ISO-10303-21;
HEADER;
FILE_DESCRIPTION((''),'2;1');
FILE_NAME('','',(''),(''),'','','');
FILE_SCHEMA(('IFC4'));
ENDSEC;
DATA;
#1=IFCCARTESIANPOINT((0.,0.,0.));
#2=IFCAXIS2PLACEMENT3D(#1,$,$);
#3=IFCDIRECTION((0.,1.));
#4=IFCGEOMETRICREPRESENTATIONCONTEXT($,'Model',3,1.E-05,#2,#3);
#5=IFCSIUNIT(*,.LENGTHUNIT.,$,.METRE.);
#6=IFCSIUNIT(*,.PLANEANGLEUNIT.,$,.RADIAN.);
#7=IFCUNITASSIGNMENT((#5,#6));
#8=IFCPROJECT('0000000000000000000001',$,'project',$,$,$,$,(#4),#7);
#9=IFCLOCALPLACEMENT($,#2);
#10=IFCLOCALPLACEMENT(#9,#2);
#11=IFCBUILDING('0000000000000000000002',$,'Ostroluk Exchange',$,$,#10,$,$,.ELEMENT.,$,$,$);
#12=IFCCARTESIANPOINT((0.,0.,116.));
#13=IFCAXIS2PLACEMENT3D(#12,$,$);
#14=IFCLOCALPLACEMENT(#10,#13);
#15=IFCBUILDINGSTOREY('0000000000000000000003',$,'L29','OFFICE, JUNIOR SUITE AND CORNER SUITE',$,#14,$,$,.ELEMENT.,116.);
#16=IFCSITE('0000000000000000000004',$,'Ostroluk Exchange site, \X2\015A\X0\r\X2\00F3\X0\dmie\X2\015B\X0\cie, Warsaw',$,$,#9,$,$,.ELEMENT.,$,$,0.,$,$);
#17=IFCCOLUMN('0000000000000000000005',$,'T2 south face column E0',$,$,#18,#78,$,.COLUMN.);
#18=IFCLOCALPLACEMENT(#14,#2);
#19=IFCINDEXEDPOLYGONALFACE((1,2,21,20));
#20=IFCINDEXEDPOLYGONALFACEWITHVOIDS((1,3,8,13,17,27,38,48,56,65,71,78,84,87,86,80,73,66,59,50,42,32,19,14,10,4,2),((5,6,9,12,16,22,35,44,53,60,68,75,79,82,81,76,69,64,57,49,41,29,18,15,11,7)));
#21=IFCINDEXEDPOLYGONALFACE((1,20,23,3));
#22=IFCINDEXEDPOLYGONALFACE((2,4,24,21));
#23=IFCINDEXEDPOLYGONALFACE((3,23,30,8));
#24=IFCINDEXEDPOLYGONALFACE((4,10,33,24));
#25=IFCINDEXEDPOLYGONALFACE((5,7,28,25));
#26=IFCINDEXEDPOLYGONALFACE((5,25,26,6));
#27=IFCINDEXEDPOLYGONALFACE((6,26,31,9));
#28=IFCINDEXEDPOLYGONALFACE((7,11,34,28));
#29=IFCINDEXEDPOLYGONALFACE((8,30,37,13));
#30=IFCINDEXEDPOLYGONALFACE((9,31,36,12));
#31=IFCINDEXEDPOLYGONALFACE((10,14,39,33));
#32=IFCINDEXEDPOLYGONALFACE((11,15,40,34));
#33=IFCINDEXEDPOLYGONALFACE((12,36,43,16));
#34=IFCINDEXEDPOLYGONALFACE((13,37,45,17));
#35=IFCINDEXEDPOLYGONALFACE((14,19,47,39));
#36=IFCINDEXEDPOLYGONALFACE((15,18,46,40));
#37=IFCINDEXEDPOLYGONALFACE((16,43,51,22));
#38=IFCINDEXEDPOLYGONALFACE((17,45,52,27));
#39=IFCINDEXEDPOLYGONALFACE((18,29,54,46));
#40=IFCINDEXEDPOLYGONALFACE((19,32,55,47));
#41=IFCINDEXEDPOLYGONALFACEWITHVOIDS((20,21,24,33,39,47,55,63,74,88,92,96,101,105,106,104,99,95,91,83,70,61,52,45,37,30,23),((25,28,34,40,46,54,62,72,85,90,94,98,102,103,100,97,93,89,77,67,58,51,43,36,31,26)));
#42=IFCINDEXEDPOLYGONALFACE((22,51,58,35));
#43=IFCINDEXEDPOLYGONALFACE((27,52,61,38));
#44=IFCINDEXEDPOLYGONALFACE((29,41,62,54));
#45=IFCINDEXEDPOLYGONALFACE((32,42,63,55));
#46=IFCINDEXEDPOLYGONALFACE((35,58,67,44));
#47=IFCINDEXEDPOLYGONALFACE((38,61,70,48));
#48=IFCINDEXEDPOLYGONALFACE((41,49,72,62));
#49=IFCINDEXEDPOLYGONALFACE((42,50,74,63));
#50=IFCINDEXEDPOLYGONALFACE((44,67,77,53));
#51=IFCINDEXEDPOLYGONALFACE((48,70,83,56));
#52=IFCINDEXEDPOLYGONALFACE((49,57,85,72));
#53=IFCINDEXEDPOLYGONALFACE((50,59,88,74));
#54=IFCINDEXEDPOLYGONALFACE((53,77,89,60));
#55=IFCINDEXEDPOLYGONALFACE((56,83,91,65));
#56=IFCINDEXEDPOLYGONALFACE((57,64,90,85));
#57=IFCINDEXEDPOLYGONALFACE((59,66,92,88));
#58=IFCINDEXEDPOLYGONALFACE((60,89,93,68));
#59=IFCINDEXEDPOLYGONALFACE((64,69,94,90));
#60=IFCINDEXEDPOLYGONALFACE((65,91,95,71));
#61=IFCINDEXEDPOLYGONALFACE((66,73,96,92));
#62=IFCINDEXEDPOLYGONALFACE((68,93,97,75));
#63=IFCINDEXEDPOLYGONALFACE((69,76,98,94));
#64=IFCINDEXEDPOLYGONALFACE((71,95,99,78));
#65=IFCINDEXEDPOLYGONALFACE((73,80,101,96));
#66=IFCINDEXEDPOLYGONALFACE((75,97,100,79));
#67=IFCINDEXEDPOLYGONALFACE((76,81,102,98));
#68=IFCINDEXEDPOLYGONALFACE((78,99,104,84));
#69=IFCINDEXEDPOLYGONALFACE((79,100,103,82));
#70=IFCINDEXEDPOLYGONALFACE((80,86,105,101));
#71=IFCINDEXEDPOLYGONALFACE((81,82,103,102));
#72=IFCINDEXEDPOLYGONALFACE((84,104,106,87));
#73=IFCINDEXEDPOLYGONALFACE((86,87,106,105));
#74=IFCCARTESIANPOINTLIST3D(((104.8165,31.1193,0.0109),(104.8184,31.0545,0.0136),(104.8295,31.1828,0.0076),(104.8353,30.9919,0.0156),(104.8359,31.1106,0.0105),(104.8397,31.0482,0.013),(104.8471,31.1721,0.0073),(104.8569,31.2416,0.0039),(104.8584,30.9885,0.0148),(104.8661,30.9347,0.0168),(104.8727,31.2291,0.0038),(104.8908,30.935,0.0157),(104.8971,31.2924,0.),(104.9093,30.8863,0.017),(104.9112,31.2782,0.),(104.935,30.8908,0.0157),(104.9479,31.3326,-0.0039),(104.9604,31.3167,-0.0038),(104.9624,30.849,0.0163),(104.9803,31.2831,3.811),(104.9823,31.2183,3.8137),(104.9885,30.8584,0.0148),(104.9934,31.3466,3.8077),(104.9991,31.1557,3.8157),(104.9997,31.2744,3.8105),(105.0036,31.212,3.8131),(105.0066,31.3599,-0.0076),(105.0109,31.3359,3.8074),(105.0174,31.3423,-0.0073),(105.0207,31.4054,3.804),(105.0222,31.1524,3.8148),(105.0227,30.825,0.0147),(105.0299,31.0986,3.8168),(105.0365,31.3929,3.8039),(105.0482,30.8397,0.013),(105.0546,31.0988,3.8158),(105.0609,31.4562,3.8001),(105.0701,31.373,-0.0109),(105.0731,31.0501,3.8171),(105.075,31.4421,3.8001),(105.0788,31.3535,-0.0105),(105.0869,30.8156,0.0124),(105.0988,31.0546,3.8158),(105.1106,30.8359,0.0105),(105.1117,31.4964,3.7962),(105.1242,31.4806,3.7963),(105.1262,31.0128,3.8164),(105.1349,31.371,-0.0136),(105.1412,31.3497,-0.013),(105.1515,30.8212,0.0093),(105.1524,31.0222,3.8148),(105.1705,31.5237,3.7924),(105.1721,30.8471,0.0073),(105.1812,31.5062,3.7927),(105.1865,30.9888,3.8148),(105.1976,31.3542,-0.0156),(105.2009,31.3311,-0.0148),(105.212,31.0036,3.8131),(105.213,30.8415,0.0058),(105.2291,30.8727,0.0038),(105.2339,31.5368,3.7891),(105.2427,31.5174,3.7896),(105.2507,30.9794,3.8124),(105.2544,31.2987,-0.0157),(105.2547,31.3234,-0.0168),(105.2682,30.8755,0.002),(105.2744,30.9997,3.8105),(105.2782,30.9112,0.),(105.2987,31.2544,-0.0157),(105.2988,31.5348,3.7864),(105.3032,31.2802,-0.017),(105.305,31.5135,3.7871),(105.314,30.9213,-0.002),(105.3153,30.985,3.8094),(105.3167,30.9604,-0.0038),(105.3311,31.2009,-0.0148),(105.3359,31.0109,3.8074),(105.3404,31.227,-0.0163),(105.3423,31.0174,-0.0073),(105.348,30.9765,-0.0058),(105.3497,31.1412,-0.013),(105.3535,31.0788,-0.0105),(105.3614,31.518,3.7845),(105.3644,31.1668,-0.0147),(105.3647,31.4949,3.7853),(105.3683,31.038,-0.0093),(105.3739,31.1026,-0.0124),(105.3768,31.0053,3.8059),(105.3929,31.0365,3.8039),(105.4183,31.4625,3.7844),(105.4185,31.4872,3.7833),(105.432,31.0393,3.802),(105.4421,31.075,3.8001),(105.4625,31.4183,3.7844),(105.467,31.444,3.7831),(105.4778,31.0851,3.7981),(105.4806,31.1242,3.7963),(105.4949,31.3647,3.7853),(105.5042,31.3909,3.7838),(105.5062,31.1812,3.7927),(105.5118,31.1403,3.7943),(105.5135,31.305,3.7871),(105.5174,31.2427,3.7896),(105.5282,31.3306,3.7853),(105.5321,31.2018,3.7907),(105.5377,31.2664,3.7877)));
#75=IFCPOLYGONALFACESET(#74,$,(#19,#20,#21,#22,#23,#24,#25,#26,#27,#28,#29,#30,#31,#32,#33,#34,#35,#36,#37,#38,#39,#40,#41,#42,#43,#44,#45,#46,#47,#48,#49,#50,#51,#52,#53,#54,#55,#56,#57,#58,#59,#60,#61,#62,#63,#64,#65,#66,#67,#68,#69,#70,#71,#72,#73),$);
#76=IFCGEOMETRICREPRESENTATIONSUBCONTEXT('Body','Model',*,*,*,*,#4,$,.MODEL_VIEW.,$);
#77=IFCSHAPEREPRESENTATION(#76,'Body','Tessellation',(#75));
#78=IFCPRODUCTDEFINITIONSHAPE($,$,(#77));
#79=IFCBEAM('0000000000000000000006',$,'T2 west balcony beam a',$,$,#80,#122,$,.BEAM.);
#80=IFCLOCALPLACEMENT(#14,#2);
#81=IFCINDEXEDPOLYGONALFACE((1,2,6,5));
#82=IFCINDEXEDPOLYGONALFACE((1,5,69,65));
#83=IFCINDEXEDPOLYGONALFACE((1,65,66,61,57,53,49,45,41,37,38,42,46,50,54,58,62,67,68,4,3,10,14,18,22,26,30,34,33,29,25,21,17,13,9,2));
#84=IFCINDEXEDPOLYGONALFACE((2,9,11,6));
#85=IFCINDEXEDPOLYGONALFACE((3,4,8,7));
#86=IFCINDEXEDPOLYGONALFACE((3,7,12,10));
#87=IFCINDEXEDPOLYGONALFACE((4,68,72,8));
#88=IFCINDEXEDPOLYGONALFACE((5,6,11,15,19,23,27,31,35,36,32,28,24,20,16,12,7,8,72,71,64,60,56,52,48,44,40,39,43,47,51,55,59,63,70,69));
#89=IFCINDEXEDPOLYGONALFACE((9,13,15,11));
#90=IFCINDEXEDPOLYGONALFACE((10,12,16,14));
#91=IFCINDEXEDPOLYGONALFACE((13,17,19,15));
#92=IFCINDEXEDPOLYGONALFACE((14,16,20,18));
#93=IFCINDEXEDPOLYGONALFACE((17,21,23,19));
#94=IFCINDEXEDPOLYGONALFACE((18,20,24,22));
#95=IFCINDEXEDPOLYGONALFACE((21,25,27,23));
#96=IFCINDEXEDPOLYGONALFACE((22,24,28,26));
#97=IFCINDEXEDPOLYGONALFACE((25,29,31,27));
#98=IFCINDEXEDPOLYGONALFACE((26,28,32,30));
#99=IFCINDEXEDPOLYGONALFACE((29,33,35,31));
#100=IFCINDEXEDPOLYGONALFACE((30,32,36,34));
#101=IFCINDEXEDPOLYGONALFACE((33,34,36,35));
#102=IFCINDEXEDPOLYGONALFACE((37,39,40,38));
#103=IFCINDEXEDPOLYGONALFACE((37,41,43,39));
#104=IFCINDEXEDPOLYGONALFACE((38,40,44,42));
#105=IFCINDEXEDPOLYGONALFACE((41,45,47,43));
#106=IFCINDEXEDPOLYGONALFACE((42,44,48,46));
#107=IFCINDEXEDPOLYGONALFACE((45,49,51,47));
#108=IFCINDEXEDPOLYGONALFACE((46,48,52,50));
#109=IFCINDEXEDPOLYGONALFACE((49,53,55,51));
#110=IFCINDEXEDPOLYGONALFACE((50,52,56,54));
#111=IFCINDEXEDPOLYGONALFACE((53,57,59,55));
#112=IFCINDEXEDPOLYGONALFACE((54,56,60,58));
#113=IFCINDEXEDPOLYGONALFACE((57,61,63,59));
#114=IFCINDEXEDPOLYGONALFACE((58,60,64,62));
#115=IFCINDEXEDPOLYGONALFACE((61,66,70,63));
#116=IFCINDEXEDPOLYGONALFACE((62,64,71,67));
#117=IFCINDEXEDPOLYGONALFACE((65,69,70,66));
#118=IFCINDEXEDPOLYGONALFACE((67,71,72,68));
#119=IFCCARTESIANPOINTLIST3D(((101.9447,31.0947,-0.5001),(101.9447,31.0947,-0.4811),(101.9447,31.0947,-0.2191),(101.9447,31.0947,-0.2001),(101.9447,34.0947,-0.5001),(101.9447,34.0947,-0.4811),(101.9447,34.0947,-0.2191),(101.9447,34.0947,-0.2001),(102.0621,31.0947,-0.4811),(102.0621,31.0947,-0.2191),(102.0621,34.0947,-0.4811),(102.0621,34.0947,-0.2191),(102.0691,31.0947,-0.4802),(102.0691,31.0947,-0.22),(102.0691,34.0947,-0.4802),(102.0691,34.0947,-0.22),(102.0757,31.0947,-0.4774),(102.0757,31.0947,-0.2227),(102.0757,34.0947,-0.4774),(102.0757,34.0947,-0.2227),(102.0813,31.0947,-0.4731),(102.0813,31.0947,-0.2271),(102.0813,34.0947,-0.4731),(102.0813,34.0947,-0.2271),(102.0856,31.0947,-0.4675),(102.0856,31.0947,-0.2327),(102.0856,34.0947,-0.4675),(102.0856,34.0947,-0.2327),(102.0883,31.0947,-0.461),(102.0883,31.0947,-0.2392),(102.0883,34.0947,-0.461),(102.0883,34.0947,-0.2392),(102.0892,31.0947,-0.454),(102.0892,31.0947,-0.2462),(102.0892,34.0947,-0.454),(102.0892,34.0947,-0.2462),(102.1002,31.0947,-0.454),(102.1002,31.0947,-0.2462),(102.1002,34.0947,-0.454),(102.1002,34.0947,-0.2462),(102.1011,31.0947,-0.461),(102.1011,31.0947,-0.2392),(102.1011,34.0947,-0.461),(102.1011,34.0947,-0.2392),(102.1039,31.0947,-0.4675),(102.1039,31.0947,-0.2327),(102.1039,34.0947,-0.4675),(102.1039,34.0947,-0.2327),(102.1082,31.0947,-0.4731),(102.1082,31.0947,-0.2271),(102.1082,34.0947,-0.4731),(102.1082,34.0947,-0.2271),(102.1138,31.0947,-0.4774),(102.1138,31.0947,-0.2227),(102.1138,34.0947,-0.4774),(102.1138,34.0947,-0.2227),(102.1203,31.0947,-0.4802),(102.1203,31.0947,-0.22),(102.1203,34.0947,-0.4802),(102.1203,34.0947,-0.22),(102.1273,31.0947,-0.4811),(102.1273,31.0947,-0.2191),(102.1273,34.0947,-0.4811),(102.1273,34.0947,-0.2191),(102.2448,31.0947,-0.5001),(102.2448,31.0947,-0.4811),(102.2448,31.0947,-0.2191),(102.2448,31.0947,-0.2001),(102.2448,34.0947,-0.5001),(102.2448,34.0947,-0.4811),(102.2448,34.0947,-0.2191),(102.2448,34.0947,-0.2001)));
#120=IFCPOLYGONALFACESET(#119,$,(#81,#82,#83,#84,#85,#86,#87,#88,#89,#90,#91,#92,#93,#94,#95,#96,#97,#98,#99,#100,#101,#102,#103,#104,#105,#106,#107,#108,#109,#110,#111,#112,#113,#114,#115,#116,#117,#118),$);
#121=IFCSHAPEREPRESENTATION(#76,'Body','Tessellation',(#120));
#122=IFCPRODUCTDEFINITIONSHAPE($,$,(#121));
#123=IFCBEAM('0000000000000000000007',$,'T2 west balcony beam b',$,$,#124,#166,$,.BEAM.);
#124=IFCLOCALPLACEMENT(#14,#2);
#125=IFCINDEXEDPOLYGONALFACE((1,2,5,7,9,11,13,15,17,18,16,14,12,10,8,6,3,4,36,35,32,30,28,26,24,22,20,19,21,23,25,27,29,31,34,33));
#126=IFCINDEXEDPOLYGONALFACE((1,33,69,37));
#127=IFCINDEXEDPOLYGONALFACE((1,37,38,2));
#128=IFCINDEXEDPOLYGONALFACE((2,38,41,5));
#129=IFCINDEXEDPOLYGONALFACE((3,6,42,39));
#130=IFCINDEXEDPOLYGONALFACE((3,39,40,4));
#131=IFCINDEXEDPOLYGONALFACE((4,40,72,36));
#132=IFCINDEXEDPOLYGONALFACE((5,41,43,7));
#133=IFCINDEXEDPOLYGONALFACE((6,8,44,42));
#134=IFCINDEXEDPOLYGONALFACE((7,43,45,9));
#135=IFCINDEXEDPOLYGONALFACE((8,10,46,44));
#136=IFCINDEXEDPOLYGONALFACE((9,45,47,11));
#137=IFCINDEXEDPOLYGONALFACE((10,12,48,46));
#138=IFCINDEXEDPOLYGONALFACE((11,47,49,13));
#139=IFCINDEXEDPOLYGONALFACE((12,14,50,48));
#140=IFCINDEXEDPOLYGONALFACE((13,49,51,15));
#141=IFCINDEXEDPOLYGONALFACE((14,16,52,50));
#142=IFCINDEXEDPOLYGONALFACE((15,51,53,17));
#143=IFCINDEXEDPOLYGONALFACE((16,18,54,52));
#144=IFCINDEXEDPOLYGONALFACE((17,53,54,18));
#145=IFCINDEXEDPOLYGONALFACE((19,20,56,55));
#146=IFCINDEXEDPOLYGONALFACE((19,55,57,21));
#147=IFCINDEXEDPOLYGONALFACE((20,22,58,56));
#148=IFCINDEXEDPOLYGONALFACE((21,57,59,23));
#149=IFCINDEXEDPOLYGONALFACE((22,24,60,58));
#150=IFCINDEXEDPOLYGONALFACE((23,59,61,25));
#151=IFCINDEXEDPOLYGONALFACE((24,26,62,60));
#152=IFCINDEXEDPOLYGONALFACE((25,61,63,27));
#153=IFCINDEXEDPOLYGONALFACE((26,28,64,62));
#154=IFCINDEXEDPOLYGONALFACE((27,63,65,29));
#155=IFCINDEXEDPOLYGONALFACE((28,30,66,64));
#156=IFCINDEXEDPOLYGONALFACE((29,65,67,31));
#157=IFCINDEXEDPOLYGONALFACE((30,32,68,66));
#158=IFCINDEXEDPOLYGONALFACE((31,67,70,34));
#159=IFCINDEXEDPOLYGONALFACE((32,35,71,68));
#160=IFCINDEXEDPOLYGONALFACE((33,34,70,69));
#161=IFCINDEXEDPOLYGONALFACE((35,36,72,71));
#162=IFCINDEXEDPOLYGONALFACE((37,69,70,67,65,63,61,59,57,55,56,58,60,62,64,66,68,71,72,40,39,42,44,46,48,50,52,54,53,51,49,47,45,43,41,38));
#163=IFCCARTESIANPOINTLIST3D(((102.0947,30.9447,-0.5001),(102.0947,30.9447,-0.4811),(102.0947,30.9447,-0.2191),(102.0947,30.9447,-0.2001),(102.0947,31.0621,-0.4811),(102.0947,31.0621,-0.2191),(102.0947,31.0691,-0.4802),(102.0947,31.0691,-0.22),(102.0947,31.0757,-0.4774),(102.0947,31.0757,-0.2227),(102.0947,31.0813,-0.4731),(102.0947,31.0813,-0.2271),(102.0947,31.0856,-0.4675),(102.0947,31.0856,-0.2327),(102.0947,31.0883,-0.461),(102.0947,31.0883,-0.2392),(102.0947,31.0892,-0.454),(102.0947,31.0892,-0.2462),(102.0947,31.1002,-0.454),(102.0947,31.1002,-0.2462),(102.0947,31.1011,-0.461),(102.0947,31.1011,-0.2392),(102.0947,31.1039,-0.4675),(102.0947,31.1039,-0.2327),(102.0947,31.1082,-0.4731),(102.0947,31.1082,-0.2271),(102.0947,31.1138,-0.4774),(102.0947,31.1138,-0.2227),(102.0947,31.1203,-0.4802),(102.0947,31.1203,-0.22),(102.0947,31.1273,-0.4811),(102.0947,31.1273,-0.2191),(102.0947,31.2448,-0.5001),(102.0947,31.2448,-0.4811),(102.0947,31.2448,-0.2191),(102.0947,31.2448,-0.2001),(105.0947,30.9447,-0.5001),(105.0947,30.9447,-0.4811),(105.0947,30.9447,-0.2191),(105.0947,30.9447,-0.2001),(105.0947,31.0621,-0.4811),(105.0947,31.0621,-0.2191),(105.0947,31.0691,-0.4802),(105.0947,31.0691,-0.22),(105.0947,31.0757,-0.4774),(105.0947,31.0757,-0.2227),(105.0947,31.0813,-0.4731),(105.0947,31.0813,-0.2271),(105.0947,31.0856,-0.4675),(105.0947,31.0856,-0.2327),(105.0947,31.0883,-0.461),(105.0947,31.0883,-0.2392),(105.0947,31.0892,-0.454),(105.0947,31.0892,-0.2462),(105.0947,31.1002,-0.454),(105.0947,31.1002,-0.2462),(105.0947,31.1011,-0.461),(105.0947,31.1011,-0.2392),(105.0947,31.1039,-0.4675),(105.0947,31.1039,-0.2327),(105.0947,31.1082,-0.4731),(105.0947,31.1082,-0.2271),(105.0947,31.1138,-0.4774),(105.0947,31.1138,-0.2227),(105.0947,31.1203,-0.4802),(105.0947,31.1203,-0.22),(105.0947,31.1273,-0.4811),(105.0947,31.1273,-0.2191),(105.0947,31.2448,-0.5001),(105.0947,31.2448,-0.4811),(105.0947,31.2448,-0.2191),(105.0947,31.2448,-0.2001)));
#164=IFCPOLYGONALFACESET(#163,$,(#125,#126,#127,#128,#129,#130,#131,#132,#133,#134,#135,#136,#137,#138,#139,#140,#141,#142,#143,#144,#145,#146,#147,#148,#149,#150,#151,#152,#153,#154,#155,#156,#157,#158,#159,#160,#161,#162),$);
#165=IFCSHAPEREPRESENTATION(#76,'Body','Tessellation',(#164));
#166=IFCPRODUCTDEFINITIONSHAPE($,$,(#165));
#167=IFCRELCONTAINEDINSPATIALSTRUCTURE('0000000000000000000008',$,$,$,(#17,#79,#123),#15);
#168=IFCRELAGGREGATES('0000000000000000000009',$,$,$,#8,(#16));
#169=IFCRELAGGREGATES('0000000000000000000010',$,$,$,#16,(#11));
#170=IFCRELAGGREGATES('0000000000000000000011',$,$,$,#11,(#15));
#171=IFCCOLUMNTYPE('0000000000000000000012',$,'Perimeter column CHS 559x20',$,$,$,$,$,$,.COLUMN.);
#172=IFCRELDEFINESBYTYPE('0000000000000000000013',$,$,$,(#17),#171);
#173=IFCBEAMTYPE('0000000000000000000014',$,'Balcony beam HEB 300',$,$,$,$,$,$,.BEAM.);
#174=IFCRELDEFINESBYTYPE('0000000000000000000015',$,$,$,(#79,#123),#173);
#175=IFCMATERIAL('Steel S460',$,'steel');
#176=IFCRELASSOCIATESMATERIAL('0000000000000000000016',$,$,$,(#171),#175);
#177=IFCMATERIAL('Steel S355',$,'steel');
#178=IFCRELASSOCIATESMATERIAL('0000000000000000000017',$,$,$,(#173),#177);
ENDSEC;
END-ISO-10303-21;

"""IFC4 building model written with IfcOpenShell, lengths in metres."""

from ifc_helpers import new_model, si_unit, direction, frame, origin, origin_2d, place, context, subcontext, project, spatial, hollow_circle, i_section, extrude, material, material_profile, profile_set, type_object, element, save


model = new_model("IFC4")

# Units and contexts
model_context = context("Model", 3, precision=1e-05, world=origin(), true_north=direction((0.0, 1.0)))
body_context = subcontext(model_context, "Body", "Model", "MODEL_VIEW")
ifc_project = project(units=[si_unit("LENGTHUNIT", "METRE"), si_unit("PLANEANGLEUNIT", "RADIAN")], contexts=[model_context])

# Site, building, storey
site_placement = place(None, origin())
site = spatial("IfcSite", under=ifc_project, at=site_placement, Name="Ostroluk Exchange site, Śródmieście, Warsaw", CompositionType="ELEMENT", RefElevation=0.0)
building_placement = place(site_placement, origin())
building = spatial("IfcBuilding", under=site, at=building_placement, Name="Ostroluk Exchange", CompositionType="ELEMENT")
storey_placement = place(building_placement, frame((0.0, 0.0, 116.0)))
storey = spatial("IfcBuildingStorey", under=building, at=storey_placement, Name="L29", Description="OFFICE, JUNIOR SUITE AND CORNER SUITE", CompositionType="ELEMENT", Elevation=116.0)

# Column
ifc_material_1 = material(Name="Steel S460", Category="steel")
ifc_material_profile_1 = material_profile(ifc_material_1, hollow_circle(Radius=0.2795, WallThickness=0.02, at=origin_2d()), Name="CHS 559x20")
ifc_profile_set_1 = profile_set([ifc_material_profile_1], Name="Steel S460")
column_type = type_object("IfcColumnType", Name="Perimeter column CHS 559x20", PredefinedType="COLUMN", material=ifc_profile_set_1)
column_1_placement = place(storey_placement, frame((105.0947, 31.0947, 0.0), z_axis=(0.04303, 0.04303, 0.998147), x_axis=(-0.707107, 0.707107, 0.0)))
element("IfcColumn", 1, at=column_1_placement, inside=storey, type_object=column_type, Name="T2 south face column E0", PredefinedType="COLUMN", context=body_context, shape_type="SweptSolid", body=[
    extrude(hollow_circle(Radius=0.2795, WallThickness=0.02, at=origin_2d()), origin(), (0.0, 0.0, 1.0), 3.8071),
])

# Beams
ifc_material_2 = material(Name="Steel S355", Category="steel")
ifc_material_profile_2 = material_profile(ifc_material_2, i_section(OverallWidth=0.3, OverallDepth=0.3, WebThickness=0.011, FlangeThickness=0.019, FilletRadius=0.0271, at=origin_2d()), Name="HEB 300")
ifc_profile_set_2 = profile_set([ifc_material_profile_2], Name="Steel S355")
beam_type_1 = type_object("IfcBeamType", Name="Balcony beam HEB 300", PredefinedType="BEAM", material=ifc_profile_set_2)
for number, where, z_axis, x_axis, name in (
    (2, (102.0947, 34.0947, -0.3501), (0.0, -1.0, 0.0), (1.0, 0.0, 0.0), "T2 west balcony beam a"),
    (3, (105.0947, 31.0947, -0.3501), (-1.0, 0.0, 0.0), (0.0, -1.0, 0.0), "T2 west balcony beam b"),
):
    element("IfcBeam", number, at=place(storey_placement, frame(where, z_axis=z_axis, x_axis=x_axis)), inside=storey, type_object=beam_type_1, Name=name, PredefinedType="BEAM", context=body_context, shape_type="SweptSolid", body=[
        extrude(i_section(OverallWidth=0.3, OverallDepth=0.3, WebThickness=0.011, FlangeThickness=0.019, FilletRadius=0.0271, at=origin_2d()), origin(), (0.0, 0.0, 1.0), 3.0),
    ])

save(model, "model.ifc")
